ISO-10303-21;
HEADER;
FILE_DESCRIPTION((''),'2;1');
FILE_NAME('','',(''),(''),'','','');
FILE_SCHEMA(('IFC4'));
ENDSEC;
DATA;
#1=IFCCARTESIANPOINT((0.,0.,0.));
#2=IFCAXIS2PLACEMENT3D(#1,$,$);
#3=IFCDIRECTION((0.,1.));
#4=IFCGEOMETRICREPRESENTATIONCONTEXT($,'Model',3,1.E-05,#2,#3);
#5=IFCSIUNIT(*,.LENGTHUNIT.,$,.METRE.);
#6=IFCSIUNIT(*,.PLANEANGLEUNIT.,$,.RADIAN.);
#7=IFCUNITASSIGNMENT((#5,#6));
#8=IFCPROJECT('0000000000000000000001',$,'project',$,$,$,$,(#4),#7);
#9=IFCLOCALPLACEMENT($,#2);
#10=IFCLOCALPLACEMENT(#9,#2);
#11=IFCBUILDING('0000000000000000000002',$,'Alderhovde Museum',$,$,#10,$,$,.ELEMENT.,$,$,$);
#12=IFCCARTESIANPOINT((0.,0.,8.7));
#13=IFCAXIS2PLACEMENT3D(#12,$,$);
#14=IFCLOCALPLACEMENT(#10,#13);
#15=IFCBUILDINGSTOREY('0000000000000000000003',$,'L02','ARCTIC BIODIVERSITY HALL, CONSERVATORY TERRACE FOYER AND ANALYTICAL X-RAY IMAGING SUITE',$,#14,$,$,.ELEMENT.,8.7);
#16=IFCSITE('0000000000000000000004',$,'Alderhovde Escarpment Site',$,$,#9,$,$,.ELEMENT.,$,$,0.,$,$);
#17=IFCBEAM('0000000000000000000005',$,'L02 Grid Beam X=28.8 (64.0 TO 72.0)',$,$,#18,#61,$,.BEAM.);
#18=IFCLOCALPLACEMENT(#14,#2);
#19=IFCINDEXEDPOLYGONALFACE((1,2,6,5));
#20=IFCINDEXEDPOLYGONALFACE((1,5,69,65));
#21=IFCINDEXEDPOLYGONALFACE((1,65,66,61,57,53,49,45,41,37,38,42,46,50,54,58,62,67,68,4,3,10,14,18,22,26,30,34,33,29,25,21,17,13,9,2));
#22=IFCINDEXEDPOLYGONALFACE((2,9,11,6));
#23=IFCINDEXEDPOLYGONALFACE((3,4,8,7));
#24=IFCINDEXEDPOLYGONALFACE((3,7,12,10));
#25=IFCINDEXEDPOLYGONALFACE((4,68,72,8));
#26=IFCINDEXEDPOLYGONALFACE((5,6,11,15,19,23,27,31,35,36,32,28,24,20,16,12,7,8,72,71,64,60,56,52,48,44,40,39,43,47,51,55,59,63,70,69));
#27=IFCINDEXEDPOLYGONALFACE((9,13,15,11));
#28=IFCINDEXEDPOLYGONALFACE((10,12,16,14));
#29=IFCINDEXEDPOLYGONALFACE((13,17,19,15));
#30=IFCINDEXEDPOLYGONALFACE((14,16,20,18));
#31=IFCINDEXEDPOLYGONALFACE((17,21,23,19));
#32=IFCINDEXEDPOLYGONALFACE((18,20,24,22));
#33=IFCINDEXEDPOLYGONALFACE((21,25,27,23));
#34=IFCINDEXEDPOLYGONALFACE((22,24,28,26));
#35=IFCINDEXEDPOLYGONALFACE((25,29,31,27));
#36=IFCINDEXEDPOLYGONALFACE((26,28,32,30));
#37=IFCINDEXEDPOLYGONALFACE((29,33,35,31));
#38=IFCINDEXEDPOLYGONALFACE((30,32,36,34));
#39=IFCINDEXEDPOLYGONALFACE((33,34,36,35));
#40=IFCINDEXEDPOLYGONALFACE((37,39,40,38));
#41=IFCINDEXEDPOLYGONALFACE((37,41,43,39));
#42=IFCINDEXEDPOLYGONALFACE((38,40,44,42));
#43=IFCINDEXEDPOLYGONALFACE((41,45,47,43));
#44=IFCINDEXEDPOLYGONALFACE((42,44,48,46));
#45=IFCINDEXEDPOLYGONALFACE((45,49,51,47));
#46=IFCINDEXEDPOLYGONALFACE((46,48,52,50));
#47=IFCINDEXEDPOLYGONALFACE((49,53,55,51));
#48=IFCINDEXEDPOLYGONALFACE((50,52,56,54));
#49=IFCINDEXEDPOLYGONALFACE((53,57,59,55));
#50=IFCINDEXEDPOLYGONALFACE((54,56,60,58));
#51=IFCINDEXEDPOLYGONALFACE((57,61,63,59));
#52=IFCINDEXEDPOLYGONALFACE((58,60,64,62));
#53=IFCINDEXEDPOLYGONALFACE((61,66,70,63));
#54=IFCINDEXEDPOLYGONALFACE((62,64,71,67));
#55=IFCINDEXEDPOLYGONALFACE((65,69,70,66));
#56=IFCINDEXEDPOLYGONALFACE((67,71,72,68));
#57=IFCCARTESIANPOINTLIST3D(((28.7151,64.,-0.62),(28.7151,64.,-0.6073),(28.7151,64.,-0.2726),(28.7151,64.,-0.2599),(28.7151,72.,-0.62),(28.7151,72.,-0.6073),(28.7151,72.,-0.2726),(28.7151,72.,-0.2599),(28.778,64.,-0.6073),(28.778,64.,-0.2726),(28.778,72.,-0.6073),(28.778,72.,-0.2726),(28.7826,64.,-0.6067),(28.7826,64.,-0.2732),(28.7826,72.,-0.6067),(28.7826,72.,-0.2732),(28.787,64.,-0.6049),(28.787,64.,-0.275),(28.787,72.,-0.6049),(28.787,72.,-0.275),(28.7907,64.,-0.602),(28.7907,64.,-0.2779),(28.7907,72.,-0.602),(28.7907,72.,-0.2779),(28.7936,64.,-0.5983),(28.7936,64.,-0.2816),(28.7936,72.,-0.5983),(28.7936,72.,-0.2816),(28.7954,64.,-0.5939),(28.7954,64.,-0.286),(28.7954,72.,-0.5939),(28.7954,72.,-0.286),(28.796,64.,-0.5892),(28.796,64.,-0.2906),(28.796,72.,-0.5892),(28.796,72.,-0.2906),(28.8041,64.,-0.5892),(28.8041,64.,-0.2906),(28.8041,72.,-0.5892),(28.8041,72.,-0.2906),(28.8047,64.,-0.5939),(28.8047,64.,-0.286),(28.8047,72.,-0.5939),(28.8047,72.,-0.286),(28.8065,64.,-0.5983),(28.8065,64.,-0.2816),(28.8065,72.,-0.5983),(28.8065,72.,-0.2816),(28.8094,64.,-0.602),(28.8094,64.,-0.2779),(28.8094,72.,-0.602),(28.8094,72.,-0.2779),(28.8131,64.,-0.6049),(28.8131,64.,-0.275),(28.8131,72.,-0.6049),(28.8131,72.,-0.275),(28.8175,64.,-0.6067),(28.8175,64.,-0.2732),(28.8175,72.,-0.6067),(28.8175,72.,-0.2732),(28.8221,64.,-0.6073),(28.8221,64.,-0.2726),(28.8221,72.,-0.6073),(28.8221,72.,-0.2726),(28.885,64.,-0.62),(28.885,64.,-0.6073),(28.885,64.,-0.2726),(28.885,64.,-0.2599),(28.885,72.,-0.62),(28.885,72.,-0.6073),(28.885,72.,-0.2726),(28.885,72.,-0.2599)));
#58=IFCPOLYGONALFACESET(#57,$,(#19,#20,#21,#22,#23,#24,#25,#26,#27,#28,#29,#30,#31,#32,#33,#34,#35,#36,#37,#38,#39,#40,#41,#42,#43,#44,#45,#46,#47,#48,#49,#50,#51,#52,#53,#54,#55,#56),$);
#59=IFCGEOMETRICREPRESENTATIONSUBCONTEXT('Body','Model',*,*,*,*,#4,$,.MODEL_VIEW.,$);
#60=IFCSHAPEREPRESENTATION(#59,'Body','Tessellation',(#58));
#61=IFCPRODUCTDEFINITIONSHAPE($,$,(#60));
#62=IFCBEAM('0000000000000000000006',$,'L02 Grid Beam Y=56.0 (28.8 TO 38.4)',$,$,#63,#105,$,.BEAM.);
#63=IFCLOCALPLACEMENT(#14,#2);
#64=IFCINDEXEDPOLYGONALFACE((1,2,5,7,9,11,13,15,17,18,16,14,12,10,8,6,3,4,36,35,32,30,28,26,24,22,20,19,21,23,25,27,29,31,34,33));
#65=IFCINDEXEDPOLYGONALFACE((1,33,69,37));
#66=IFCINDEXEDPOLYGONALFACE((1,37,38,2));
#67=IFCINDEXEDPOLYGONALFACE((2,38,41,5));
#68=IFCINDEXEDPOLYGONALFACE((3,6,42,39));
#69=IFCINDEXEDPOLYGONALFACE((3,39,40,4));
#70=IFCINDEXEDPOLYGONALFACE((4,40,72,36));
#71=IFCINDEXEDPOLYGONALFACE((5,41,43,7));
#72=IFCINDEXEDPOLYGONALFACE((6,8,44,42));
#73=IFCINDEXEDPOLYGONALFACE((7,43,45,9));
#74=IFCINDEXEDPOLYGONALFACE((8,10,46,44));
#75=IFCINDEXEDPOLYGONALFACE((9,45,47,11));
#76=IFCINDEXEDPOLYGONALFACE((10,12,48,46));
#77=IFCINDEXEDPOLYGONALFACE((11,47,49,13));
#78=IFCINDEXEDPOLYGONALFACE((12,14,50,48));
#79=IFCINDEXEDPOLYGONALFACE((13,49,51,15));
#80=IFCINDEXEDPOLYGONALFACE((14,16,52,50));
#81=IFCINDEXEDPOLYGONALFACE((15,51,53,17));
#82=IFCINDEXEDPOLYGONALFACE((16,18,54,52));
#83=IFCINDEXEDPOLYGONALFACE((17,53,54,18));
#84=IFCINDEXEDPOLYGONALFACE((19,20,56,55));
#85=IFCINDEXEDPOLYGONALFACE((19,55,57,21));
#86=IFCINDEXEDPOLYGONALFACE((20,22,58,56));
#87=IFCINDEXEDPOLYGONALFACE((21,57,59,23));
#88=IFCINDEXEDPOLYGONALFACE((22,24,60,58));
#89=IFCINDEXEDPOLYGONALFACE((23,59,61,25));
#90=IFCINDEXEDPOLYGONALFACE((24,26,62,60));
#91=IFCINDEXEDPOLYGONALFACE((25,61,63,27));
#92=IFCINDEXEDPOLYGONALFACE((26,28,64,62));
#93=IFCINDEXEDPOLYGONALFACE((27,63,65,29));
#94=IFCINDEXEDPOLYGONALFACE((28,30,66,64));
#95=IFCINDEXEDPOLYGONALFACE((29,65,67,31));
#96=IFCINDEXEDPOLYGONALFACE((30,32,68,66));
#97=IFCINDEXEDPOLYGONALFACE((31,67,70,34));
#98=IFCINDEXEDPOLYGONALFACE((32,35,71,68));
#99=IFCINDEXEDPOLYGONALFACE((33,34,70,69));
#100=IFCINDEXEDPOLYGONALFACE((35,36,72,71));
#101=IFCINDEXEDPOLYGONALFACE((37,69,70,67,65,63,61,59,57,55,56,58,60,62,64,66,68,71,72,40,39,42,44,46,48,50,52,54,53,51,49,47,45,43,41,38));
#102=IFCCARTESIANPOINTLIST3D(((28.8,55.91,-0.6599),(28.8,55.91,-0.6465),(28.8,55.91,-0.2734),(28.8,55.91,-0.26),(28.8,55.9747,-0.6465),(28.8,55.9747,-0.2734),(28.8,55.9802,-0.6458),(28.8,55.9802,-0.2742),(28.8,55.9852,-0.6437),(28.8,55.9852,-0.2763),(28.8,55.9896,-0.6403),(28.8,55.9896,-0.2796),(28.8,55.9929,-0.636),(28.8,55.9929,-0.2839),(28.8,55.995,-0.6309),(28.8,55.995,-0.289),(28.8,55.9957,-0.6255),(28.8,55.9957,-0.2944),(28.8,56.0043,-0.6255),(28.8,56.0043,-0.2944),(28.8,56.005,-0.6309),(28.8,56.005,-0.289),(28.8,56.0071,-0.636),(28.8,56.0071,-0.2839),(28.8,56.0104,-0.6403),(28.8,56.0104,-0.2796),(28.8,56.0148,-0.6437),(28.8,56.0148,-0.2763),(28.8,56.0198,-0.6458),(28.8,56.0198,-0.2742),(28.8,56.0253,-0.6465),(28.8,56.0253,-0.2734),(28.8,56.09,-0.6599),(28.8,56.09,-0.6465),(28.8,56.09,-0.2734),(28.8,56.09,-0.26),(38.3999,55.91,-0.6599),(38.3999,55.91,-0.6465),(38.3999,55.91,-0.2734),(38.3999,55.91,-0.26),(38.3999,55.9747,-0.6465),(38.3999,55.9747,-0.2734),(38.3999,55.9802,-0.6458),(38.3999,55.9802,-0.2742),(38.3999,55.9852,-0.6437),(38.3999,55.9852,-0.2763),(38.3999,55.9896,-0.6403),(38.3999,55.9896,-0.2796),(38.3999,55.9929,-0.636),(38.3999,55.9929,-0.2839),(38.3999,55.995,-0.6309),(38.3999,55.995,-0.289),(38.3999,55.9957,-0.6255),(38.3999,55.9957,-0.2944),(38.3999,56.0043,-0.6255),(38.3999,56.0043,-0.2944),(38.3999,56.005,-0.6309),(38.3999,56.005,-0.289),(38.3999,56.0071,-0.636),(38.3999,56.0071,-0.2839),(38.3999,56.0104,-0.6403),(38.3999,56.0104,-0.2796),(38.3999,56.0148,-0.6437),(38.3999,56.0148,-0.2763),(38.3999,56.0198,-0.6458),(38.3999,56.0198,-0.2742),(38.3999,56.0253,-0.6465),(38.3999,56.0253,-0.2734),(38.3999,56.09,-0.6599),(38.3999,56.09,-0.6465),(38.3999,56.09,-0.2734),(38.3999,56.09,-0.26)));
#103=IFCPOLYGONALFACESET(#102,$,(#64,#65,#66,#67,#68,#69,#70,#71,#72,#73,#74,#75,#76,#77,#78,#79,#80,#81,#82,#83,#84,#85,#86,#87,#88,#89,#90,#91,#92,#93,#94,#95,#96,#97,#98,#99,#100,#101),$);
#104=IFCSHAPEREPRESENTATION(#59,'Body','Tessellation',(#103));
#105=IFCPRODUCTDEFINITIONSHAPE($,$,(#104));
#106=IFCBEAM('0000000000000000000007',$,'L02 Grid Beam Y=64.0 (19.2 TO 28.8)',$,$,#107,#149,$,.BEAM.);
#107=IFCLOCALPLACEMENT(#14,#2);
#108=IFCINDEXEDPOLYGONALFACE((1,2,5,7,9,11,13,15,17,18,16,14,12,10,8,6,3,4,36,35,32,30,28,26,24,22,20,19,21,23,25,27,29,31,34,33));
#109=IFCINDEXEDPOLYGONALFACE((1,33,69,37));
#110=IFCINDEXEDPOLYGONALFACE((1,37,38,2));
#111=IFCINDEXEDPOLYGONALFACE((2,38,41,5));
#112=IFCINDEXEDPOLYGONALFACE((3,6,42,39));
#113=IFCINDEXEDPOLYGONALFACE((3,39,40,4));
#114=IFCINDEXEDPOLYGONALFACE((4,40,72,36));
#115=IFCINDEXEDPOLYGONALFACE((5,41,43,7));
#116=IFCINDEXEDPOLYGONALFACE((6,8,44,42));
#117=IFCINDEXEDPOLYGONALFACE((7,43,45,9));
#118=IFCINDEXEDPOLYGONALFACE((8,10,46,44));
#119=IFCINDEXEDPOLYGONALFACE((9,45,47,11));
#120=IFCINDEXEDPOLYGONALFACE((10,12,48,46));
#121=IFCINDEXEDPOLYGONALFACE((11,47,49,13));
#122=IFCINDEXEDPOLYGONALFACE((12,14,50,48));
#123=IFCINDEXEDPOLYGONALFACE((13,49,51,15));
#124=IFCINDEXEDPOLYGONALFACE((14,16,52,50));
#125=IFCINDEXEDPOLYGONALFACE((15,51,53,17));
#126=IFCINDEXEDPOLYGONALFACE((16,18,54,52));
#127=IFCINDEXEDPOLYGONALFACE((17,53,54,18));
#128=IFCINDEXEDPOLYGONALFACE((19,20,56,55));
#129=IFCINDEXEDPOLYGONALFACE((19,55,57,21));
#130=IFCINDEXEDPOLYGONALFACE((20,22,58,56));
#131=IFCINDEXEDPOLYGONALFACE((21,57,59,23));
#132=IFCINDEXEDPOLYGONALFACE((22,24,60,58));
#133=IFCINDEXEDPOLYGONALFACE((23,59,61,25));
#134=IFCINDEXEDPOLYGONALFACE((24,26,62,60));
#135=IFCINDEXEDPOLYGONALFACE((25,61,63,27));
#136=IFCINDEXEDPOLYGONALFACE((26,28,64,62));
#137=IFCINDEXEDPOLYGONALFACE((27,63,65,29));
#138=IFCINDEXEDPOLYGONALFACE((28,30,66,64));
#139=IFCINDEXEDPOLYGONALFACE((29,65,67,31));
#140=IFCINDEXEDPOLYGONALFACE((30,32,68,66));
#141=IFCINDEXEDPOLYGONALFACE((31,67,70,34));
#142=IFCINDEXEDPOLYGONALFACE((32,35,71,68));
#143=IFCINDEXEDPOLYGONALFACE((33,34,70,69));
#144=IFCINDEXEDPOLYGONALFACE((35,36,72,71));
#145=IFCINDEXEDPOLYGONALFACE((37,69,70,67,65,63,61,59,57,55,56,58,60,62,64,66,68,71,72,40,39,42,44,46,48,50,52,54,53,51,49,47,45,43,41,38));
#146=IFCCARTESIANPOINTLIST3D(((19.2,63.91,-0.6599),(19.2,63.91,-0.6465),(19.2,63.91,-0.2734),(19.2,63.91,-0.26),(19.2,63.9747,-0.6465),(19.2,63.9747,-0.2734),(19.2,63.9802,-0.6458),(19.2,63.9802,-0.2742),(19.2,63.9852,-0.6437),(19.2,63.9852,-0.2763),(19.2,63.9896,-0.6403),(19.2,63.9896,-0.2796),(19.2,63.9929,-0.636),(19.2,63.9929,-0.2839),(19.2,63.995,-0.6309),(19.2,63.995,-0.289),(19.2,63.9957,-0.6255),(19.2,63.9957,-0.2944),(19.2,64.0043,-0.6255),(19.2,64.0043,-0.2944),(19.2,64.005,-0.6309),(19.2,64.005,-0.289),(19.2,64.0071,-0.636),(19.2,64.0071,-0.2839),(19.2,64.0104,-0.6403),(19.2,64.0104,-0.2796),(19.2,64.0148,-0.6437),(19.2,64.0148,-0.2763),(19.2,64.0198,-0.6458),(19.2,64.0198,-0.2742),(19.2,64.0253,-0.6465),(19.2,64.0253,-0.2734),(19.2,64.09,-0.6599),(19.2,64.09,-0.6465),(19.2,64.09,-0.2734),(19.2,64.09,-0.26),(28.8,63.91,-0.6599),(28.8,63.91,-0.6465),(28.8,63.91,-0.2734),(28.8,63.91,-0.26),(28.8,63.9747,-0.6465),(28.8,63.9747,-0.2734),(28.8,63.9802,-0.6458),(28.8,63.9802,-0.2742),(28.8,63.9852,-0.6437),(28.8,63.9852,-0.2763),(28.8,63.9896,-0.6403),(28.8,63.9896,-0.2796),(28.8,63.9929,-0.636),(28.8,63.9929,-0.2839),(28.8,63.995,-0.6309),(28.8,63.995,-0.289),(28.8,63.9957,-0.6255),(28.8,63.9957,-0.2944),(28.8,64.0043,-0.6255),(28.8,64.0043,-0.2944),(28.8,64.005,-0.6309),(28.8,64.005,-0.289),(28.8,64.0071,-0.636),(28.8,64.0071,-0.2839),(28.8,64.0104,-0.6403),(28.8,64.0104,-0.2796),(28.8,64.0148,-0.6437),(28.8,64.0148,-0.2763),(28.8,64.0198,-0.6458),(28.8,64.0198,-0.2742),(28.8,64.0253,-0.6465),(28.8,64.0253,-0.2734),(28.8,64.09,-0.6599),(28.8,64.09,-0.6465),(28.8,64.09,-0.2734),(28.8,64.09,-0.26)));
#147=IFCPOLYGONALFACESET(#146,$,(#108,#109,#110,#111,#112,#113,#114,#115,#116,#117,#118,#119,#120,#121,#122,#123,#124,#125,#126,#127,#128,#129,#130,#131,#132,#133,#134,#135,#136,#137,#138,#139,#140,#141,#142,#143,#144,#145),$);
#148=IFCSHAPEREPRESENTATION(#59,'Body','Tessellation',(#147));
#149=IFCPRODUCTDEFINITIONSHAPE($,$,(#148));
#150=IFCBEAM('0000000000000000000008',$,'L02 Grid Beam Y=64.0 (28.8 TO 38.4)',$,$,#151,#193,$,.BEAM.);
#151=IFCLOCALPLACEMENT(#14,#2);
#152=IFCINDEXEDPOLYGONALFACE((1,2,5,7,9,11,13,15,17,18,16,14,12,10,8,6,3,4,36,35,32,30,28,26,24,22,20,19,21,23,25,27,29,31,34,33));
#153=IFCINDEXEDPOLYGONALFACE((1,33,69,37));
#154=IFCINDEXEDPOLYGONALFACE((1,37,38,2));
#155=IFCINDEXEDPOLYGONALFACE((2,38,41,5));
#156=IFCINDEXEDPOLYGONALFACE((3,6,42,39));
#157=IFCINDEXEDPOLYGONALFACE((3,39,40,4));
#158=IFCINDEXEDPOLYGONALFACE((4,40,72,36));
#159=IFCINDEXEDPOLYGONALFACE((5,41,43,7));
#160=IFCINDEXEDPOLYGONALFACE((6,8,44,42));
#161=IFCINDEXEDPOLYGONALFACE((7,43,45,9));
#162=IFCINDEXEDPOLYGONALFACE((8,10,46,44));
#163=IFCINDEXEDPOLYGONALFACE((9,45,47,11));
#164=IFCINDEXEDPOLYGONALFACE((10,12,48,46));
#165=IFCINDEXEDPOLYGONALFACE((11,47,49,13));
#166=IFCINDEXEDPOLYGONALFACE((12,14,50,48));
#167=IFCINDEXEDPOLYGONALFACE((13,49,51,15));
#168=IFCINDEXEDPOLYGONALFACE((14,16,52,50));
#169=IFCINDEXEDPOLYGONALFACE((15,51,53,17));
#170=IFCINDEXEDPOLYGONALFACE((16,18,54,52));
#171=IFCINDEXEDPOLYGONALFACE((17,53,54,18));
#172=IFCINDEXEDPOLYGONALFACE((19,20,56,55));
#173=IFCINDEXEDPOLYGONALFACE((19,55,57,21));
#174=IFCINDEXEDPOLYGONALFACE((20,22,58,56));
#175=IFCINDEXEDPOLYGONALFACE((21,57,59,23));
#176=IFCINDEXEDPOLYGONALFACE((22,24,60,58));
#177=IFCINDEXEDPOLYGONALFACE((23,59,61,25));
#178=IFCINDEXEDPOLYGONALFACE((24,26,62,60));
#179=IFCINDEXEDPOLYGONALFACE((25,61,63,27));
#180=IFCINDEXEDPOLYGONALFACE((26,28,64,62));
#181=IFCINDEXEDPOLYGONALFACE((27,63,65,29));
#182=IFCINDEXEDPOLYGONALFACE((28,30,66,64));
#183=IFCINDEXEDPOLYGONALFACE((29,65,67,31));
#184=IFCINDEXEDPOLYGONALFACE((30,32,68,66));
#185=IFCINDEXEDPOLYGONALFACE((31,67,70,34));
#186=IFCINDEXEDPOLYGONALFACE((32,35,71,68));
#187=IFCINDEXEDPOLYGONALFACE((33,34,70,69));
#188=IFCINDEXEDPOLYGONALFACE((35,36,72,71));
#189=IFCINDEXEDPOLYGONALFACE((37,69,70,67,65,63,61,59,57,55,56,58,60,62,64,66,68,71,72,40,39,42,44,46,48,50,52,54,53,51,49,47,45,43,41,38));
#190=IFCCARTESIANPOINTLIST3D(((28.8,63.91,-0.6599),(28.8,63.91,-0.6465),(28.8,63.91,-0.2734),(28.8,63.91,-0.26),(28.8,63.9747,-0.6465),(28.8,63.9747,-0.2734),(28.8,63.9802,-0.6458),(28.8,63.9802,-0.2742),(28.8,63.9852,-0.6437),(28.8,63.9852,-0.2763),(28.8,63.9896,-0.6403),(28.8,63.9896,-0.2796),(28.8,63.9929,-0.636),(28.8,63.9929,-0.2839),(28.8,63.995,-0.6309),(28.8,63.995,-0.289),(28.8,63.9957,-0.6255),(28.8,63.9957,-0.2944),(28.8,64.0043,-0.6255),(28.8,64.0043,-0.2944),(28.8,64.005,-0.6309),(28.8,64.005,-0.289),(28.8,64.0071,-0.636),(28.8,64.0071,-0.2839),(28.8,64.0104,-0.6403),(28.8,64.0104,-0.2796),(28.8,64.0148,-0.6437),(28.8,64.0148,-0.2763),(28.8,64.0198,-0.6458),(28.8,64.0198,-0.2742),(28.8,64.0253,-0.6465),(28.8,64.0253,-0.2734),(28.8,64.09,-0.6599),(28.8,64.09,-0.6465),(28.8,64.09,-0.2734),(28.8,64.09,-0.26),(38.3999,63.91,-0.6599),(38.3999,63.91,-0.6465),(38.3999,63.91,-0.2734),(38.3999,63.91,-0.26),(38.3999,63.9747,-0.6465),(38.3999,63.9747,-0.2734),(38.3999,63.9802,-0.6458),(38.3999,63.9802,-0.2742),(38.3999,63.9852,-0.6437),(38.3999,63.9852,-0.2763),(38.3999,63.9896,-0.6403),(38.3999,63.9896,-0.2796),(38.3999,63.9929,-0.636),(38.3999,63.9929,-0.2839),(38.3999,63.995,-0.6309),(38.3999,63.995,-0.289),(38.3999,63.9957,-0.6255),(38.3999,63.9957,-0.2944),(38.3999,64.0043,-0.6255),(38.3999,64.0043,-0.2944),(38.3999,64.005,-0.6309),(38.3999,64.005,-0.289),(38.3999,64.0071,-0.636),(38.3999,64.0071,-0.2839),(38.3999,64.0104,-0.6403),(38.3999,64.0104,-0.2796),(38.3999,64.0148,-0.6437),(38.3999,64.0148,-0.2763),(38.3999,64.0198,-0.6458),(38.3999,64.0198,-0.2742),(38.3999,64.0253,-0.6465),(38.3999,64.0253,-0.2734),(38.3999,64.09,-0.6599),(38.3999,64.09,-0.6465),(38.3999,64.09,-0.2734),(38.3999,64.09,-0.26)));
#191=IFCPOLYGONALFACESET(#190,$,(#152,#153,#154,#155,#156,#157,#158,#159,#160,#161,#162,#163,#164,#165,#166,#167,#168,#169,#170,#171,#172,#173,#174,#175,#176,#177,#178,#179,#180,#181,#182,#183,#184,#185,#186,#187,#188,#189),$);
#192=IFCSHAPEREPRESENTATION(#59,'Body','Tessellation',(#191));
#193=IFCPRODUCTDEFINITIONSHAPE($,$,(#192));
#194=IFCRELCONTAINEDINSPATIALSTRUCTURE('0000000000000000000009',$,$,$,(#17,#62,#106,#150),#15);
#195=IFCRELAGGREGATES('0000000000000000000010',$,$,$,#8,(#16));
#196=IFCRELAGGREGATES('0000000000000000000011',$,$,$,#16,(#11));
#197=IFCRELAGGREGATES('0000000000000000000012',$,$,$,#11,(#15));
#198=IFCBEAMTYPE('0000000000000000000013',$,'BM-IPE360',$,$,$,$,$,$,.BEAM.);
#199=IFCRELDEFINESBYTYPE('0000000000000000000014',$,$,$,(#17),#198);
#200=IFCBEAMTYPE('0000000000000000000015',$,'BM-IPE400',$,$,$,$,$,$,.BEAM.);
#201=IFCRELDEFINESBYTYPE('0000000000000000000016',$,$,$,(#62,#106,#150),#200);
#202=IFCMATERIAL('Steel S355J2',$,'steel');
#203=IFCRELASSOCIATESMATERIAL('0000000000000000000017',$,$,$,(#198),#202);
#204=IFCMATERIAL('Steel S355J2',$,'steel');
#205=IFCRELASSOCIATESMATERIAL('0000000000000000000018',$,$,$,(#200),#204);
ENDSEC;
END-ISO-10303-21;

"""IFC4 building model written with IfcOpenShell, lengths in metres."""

from ifc_helpers import new_model, si_unit, direction, frame, origin, origin_2d, place, context, subcontext, project, spatial, i_section, extrude, material, material_profile, profile_set, type_object, element, save


model = new_model("IFC4")

# Units and contexts
model_context = context("Model", 3, precision=1e-05, world=origin(), true_north=direction((0.0, 1.0)))
body_context = subcontext(model_context, "Body", "Model", "MODEL_VIEW")
ifc_project = project(units=[si_unit("LENGTHUNIT", "METRE"), si_unit("PLANEANGLEUNIT", "RADIAN")], contexts=[model_context])

# Site, building, storey
site_placement = place(None, origin())
site = spatial("IfcSite", under=ifc_project, at=site_placement, Name="Alderhovde Escarpment Site", CompositionType="ELEMENT", RefElevation=0.0)
building_placement = place(site_placement, origin())
building = spatial("IfcBuilding", under=site, at=building_placement, Name="Alderhovde Museum", CompositionType="ELEMENT")
storey_placement = place(building_placement, frame((0.0, 0.0, 8.7)))
storey = spatial("IfcBuildingStorey", under=building, at=storey_placement, Name="L02", Description="ARCTIC BIODIVERSITY HALL, CONSERVATORY TERRACE FOYER AND ANALYTICAL X-RAY IMAGING SUITE", CompositionType="ELEMENT", Elevation=8.7)

# Beams
ifc_material_1 = material(Name="Steel S355J2", Category="steel")
ifc_material_profile_1 = material_profile(ifc_material_1, i_section(OverallWidth=0.1699, OverallDepth=0.3601, WebThickness=0.0081, FlangeThickness=0.0127, FilletRadius=0.0181, at=origin_2d()), Name="IPE 360")
ifc_profile_set_1 = profile_set([ifc_material_profile_1], Name="Steel S355J2")
beam_type_1 = type_object("IfcBeamType", Name="BM-IPE360", PredefinedType="BEAM", material=ifc_profile_set_1)
for number, where, z_axis, x_axis, name in (
    (1, (28.8, 64.0, -0.4399), (0.0, 1.0, 0.0), (-1.0, 0.0, 0.0), "L02 Grid Beam X=28.8 (64.0 TO 72.0)"),
):
    element("IfcBeam", number, at=place(storey_placement, frame(where, z_axis=z_axis, x_axis=x_axis)), inside=storey, type_object=beam_type_1, Name=name, PredefinedType="BEAM", context=body_context, shape_type="SweptSolid", body=[
        extrude(i_section(OverallWidth=0.1699, OverallDepth=0.3601, WebThickness=0.0081, FlangeThickness=0.0127, FilletRadius=0.0181, at=origin_2d()), origin(), (0.0, 0.0, 1.0), 8.0),
    ])
ifc_material_2 = material(Name="Steel S355J2", Category="steel")
ifc_material_profile_2 = material_profile(ifc_material_2, i_section(OverallWidth=0.1799, OverallDepth=0.3999, WebThickness=0.0085, FlangeThickness=0.0134, FilletRadius=0.021, at=origin_2d()), Name="IPE 400")
ifc_profile_set_2 = profile_set([ifc_material_profile_2], Name="Steel S355J2")
beam_type_2 = type_object("IfcBeamType", Name="BM-IPE400", PredefinedType="BEAM", material=ifc_profile_set_2)
beam_1_placement = place(storey_placement, frame((28.8, 56.0, -0.46), z_axis=(1.0, 0.0, 0.0), x_axis=(0.0, 1.0, 0.0)))
element("IfcBeam", 2, at=beam_1_placement, inside=storey, type_object=beam_type_2, Name="L02 Grid Beam Y=56.0 (28.8 TO 38.4)", PredefinedType="BEAM", context=body_context, shape_type="SweptSolid", body=[
    extrude(i_section(OverallWidth=0.1799, OverallDepth=0.3999, WebThickness=0.0085, FlangeThickness=0.0134, FilletRadius=0.021, at=origin_2d()), origin(), (0.0, 0.0, 1.0), 9.5999),
])
beam_2_placement = place(storey_placement, frame((19.2, 64.0, -0.46), z_axis=(1.0, 0.0, 0.0), x_axis=(0.0, 1.0, 0.0)))
element("IfcBeam", 3, at=beam_2_placement, inside=storey, type_object=beam_type_2, Name="L02 Grid Beam Y=64.0 (19.2 TO 28.8)", PredefinedType="BEAM", context=body_context, shape_type="SweptSolid", body=[
    extrude(i_section(OverallWidth=0.1799, OverallDepth=0.3999, WebThickness=0.0085, FlangeThickness=0.0134, FilletRadius=0.021, at=origin_2d()), origin(), (0.0, 0.0, 1.0), 9.6001),
])
beam_3_placement = place(storey_placement, frame((28.8, 64.0, -0.46), z_axis=(1.0, 0.0, 0.0), x_axis=(0.0, 1.0, 0.0)))
element("IfcBeam", 4, at=beam_3_placement, inside=storey, type_object=beam_type_2, Name="L02 Grid Beam Y=64.0 (28.8 TO 38.4)", PredefinedType="BEAM", context=body_context, shape_type="SweptSolid", body=[
    extrude(i_section(OverallWidth=0.1799, OverallDepth=0.3999, WebThickness=0.0085, FlangeThickness=0.0134, FilletRadius=0.021, at=origin_2d()), origin(), (0.0, 0.0, 1.0), 9.5999),
])

save(model, "model.ifc")
